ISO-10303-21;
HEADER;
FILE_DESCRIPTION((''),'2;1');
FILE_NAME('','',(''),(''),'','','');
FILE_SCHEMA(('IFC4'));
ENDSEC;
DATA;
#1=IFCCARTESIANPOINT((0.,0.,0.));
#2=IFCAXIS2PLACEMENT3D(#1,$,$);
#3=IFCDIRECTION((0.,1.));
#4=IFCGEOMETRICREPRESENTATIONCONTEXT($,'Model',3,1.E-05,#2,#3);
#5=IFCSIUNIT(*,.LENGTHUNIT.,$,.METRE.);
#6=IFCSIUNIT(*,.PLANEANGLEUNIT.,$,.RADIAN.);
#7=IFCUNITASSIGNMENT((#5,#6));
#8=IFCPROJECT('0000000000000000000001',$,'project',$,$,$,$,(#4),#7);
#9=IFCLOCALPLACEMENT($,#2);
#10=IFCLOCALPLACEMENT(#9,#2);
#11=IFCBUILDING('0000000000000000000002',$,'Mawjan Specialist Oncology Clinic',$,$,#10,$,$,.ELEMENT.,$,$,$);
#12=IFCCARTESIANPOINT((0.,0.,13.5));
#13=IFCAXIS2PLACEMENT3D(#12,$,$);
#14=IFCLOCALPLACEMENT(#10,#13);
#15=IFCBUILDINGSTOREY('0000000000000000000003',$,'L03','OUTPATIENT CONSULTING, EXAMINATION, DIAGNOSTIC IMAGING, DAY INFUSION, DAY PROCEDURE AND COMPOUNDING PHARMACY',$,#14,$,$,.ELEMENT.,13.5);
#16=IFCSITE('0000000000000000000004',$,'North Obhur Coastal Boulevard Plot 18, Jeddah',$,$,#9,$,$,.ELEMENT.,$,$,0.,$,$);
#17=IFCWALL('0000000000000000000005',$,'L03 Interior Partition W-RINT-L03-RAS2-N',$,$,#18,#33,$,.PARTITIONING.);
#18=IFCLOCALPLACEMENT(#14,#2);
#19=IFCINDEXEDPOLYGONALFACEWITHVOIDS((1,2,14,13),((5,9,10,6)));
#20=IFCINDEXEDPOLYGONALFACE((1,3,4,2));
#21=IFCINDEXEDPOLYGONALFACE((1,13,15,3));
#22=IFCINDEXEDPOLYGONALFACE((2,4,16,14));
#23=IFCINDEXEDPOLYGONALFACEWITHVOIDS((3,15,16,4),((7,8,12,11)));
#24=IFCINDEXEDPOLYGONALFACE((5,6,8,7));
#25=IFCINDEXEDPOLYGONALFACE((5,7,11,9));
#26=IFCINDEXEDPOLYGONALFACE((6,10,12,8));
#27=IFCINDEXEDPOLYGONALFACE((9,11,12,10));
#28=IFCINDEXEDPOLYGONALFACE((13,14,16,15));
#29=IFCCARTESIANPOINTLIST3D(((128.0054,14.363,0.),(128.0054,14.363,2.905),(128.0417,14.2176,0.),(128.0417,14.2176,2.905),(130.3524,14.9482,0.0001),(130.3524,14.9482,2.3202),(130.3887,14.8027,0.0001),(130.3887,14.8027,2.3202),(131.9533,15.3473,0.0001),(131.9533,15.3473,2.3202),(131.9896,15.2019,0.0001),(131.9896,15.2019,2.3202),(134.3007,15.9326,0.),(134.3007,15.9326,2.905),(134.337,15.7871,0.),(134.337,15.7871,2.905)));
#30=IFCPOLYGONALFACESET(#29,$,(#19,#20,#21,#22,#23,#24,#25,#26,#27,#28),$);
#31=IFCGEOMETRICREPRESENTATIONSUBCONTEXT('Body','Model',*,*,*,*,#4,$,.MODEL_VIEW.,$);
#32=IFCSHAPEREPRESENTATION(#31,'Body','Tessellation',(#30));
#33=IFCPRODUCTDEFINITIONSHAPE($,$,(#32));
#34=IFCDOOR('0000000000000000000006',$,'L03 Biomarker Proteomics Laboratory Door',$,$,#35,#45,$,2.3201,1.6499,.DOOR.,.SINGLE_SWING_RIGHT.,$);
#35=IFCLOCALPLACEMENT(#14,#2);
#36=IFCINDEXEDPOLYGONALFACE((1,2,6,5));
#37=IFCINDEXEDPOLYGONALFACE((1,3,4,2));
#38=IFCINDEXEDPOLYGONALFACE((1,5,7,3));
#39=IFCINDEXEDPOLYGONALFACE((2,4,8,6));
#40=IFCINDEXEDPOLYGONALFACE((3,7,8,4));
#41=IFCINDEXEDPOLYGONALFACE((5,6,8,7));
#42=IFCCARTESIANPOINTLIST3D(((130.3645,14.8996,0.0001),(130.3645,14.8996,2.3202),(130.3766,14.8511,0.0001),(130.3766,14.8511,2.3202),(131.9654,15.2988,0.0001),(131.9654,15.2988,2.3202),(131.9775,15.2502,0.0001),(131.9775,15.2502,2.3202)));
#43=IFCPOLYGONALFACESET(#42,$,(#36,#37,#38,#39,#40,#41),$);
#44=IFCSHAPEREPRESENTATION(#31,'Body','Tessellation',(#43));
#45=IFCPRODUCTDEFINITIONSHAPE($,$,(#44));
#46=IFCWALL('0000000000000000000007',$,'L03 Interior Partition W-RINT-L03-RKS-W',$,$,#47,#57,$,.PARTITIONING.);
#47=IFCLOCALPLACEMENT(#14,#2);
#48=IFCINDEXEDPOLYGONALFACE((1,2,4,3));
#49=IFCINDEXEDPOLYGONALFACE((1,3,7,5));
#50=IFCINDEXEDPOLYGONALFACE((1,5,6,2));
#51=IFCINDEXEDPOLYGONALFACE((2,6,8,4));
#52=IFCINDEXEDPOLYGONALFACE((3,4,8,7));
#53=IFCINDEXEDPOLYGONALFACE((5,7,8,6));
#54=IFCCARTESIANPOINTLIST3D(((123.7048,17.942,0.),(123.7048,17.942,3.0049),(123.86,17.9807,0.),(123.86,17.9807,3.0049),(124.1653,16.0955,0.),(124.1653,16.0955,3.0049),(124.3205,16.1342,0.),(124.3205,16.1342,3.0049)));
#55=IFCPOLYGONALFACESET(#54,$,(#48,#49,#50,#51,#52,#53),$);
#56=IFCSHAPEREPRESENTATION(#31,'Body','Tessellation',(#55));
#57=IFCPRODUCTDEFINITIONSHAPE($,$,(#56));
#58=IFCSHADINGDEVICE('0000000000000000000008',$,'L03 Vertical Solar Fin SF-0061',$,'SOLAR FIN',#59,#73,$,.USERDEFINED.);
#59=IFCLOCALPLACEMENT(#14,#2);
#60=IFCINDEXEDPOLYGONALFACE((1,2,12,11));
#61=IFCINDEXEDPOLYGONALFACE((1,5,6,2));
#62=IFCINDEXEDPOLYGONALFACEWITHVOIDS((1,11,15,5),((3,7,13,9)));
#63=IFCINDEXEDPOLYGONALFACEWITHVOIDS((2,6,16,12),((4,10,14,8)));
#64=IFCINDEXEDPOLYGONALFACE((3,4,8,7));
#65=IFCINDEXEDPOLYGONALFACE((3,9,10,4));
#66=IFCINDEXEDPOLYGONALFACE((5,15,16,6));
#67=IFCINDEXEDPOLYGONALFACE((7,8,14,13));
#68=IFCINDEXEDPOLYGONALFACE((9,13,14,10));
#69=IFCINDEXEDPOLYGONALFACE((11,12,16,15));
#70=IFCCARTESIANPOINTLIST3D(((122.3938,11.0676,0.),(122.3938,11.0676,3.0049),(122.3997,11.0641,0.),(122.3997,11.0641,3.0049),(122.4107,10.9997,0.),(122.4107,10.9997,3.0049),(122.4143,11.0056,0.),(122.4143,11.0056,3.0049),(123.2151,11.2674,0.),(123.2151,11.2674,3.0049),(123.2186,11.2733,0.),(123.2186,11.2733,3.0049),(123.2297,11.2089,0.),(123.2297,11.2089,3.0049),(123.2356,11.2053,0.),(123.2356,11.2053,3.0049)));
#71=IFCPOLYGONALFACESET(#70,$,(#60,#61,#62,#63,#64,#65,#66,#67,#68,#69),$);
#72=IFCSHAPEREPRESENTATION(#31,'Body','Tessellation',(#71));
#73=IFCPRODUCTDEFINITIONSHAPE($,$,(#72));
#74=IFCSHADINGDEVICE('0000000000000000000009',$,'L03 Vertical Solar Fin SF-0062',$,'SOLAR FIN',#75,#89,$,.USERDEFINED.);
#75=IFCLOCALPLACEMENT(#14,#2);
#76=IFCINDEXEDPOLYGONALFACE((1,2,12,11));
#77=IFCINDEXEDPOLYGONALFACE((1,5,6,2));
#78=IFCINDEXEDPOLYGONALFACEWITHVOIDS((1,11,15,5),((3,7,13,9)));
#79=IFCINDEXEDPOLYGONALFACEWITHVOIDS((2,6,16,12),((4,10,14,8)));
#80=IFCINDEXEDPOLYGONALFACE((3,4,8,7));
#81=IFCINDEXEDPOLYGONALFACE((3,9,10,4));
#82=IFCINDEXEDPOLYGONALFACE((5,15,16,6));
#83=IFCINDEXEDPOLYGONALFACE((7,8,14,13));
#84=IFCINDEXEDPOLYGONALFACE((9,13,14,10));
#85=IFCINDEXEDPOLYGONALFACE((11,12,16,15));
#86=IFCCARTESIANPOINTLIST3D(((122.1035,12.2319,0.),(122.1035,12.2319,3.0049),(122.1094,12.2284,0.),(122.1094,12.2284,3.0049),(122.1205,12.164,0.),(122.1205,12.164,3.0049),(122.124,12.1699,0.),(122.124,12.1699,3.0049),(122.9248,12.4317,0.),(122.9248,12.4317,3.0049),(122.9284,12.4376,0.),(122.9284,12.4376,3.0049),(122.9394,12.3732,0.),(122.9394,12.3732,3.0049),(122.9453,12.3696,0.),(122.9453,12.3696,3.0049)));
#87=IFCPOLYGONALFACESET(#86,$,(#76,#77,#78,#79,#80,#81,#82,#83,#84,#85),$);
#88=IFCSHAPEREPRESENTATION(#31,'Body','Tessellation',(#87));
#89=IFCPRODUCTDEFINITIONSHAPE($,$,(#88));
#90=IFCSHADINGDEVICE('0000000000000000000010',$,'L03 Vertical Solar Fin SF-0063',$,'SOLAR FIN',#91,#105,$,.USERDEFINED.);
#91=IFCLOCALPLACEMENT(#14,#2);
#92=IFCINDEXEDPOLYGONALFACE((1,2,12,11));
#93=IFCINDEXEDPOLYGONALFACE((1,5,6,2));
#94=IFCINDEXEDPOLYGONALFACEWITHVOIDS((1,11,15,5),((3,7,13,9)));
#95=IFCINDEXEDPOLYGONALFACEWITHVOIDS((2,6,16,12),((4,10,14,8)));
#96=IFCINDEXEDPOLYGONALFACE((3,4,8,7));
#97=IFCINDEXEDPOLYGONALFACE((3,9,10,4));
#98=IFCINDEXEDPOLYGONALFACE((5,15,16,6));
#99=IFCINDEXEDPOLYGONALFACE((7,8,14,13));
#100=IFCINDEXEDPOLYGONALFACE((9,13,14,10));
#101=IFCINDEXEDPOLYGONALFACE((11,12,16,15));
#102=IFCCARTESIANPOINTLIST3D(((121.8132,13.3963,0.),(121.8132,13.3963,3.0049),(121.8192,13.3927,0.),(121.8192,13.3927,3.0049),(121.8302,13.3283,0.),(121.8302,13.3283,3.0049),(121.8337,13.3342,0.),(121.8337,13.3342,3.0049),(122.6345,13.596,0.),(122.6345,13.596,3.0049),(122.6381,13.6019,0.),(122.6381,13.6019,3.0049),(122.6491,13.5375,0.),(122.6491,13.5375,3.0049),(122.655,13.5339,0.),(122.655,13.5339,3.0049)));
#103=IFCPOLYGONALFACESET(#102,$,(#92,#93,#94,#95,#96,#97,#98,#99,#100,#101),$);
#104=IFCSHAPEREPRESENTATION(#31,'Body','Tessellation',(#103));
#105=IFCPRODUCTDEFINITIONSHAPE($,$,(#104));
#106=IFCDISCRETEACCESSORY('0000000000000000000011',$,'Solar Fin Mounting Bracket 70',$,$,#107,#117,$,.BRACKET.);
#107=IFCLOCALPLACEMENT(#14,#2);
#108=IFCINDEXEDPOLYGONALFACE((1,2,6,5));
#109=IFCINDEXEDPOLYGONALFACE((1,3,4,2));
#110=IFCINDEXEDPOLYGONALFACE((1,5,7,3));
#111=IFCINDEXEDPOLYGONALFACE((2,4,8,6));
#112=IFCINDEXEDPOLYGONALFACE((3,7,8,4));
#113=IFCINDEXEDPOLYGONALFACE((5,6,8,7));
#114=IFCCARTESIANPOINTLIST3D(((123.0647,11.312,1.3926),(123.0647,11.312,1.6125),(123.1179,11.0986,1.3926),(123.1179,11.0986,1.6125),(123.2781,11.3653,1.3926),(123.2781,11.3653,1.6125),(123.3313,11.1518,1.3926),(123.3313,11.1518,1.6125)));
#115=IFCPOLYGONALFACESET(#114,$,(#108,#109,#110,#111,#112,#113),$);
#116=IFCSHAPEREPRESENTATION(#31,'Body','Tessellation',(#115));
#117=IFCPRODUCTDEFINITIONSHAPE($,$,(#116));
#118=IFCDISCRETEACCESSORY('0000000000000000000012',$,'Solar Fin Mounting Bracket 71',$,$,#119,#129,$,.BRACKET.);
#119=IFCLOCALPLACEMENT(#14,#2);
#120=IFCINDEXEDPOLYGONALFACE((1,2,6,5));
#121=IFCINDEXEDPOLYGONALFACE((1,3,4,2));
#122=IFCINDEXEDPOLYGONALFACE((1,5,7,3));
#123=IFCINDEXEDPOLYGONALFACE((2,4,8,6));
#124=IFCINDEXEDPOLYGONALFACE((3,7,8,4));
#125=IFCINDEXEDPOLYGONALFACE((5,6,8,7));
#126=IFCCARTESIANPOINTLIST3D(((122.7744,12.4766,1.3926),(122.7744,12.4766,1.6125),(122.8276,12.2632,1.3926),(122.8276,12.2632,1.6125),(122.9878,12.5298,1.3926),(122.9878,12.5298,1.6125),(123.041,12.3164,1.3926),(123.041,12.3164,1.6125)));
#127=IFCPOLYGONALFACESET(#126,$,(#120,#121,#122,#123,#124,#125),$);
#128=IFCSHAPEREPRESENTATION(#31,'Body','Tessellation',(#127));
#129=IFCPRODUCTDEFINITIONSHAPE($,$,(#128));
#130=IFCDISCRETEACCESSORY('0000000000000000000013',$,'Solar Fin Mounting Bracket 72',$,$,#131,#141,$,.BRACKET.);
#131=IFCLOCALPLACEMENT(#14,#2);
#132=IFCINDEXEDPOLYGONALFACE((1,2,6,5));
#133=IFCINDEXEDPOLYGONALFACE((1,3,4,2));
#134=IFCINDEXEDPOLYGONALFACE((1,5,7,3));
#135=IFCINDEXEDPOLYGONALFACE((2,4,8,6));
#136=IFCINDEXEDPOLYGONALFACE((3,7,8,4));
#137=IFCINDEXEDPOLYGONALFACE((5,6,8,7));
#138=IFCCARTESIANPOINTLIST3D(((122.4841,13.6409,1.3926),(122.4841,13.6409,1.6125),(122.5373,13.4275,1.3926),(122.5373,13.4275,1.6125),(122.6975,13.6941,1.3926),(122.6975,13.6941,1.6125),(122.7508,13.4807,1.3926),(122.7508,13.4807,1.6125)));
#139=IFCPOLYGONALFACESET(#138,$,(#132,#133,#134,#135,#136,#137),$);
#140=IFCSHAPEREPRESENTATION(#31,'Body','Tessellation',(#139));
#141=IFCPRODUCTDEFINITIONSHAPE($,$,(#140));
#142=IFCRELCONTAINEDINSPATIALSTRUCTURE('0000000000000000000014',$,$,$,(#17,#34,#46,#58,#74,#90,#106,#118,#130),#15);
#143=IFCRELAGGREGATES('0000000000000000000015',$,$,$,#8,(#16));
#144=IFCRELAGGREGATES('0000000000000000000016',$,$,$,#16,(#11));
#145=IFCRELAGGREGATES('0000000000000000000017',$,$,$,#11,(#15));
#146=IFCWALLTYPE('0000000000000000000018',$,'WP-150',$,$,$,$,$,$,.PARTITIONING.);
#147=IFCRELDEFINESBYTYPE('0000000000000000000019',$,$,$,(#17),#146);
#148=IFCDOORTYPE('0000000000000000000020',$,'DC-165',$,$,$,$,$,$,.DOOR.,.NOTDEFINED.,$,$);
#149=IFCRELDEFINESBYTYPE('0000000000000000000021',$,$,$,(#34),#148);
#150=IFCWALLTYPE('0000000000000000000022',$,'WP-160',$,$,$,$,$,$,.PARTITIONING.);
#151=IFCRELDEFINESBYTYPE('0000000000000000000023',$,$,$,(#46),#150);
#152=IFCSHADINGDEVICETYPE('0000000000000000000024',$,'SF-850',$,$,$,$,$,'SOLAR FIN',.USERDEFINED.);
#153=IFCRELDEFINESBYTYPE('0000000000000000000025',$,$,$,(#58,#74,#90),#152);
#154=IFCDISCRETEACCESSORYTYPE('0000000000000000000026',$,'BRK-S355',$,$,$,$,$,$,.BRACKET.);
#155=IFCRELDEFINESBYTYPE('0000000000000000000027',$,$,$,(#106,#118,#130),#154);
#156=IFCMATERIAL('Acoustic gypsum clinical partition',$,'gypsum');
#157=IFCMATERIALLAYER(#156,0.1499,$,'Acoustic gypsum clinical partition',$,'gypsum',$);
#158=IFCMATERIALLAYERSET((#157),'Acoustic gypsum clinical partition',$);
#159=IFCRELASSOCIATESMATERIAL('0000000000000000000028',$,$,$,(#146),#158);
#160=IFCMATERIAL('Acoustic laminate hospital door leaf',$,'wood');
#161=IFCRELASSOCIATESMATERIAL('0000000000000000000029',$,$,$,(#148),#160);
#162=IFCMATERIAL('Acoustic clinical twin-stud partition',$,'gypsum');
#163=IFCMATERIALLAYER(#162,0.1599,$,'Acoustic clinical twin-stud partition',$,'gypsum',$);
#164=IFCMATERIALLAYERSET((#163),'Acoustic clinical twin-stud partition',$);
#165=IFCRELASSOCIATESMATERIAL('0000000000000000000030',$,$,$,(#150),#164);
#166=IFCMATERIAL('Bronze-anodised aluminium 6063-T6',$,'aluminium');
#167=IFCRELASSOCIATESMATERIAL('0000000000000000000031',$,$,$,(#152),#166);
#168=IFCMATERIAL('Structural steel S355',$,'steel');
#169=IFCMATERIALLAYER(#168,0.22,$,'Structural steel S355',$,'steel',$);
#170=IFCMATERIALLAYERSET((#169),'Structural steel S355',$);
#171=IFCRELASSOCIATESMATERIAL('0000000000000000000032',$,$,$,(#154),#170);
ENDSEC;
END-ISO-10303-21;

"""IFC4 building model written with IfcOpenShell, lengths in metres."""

from ifc_helpers import new_model, si_unit, direction, frame, frame_2d, origin, origin_2d, place, context, subcontext, project, spatial, rectangle, hollow_rectangle, extrude, material, layer, layer_set, material_profile, profile_set, type_object, element, fill, save


model = new_model("IFC4")

# Units and contexts
model_context = context("Model", 3, precision=1e-05, world=origin(), true_north=direction((0.0, 1.0)))
body_context = subcontext(model_context, "Body", "Model", "MODEL_VIEW")
ifc_project = project(units=[si_unit("LENGTHUNIT", "METRE"), si_unit("PLANEANGLEUNIT", "RADIAN")], contexts=[model_context])

# Site, building, storey
site_placement = place(None, origin())
site = spatial("IfcSite", under=ifc_project, at=site_placement, Name="North Obhur Coastal Boulevard Plot 18, Jeddah", CompositionType="ELEMENT", RefElevation=0.0)
building_placement = place(site_placement, origin())
building = spatial("IfcBuilding", under=site, at=building_placement, Name="Mawjan Specialist Oncology Clinic", CompositionType="ELEMENT")
storey_placement = place(building_placement, frame((0.0, 0.0, 13.5)))
storey = spatial("IfcBuildingStorey", under=building, at=storey_placement, Name="L03", Description="OUTPATIENT CONSULTING, EXAMINATION, DIAGNOSTIC IMAGING, DAY INFUSION, DAY PROCEDURE AND COMPOUNDING PHARMACY", CompositionType="ELEMENT", Elevation=13.5)

# Wall, opening, door
ifc_material_1 = material(Name="Acoustic gypsum clinical partition", Category="gypsum")
ifc_layer_1 = layer(ifc_material_1, 0.1499, Name="Acoustic gypsum clinical partition", Category="gypsum")
ifc_layer_set_1 = layer_set([ifc_layer_1], Name="Acoustic gypsum clinical partition")
wall_type_1 = type_object("IfcWallType", Name="WP-150", PredefinedType="PARTITIONING", material=ifc_layer_set_1)
wall_1_placement = place(storey_placement, frame((128.0234, 14.2903, 0.0), z_axis=(0.0, 0.0, 1.0), x_axis=(0.970297, 0.241916, 0.0)))
wall_1 = element("IfcWall", 1, at=wall_1_placement, inside=storey, type_object=wall_type_1, Name="L03 Interior Partition W-RINT-L03-RAS2-N", PredefinedType="PARTITIONING", context=body_context, shape_type="SweptSolid", body=[
    extrude(rectangle(XDim=6.488, YDim=0.1499, at=frame_2d((3.2441, 0.0))), origin(), (0.0, 0.0, 1.0), 2.905),
])
opening_1_placement = place(wall_1_placement, frame((2.4189, 0.0, 0.0)))
opening_1 = element("IfcOpeningElement", 2, at=opening_1_placement, cuts=wall_1, PredefinedType="OPENING", context=body_context, shape_type="SweptSolid", body=[
    extrude(rectangle(XDim=1.6499, YDim=2.3201, at=frame_2d((0.825, 1.1602))), frame((0.0, 0.0869, 0.0), z_axis=(0.0, -1.0, 0.0), x_axis=(1.0, 0.0, 0.0)), (0.0, 0.0, 1.0), 0.1738),
])
ifc_material_2 = material(Name="Acoustic laminate hospital door leaf", Category="wood")
door_type_1 = type_object("IfcDoorType", Name="DC-165", OperationType="NOTDEFINED", PredefinedType="DOOR", material=ifc_material_2)
door_1_placement = place(opening_1_placement, origin())
door_1 = element("IfcDoor", 3, at=door_1_placement, inside=storey, type_object=door_type_1, Name="L03 Biomarker Proteomics Laboratory Door", OperationType="SINGLE_SWING_RIGHT", OverallHeight=2.3201, OverallWidth=1.6499, PredefinedType="DOOR", context=body_context, shape_type="SweptSolid", body=[
    extrude(rectangle(XDim=1.6499, YDim=2.3201, at=frame_2d((0.825, 1.1602))), frame((0.0, 0.0249, 0.0), z_axis=(0.0, -1.0, 0.0), x_axis=(1.0, 0.0, 0.0)), (0.0, 0.0, 1.0), 0.05),
])
fill(opening_1, door_1)

# Wall
ifc_material_3 = material(Name="Acoustic clinical twin-stud partition", Category="gypsum")
ifc_layer_2 = layer(ifc_material_3, 0.1599, Name="Acoustic clinical twin-stud partition", Category="gypsum")
ifc_layer_set_2 = layer_set([ifc_layer_2], Name="Acoustic clinical twin-stud partition")
wall_type_2 = type_object("IfcWallType", Name="WP-160", PredefinedType="PARTITIONING", material=ifc_layer_set_2)
wall_2_placement = place(storey_placement, frame((124.2429, 16.1147, 0.0), z_axis=(0.0, 0.0, 1.0), x_axis=(-0.241962, 0.970286, 0.0)))
element("IfcWall", 4, at=wall_2_placement, inside=storey, type_object=wall_type_2, Name="L03 Interior Partition W-RINT-L03-RKS-W", PredefinedType="PARTITIONING", context=body_context, shape_type="SweptSolid", body=[
    extrude(rectangle(XDim=1.9031, YDim=0.1599, at=frame_2d((0.9517, 0.0))), origin(), (0.0, 0.0, 1.0), 3.0049),
])

# Shading devices
ifc_material_4 = material(Name="Bronze-anodised aluminium 6063-T6", Category="aluminium")
ifc_material_profile_1 = material_profile(ifc_material_4, hollow_rectangle(XDim=0.0701, YDim=0.8501, WallThickness=0.0049, at=origin_2d()), Name="FIN 850x70x5", Category="aluminium")
ifc_profile_set_1 = profile_set([ifc_material_profile_1], Name="Bronze-anodised aluminium 6063-T6")
shading_device_type = type_object("IfcShadingDeviceType", Name="SF-850", ElementType="SOLAR FIN", PredefinedType="USERDEFINED", material=ifc_profile_set_1)
for number, where, z_axis, x_axis, name in (
    (5, (122.8147, 11.1365, 0.0), (0.0, 0.0, 1.0), (-0.241922, 0.970296, 0.0), "L03 Vertical Solar Fin SF-0061"),
    (6, (122.5244, 12.3008, 0.0), (0.0, 0.0, 1.0), (-0.241922, 0.970296, 0.0), "L03 Vertical Solar Fin SF-0062"),
    (7, (122.2341, 13.4651, 0.0), (0.0, 0.0, 1.0), (-0.241922, 0.970296, 0.0), "L03 Vertical Solar Fin SF-0063"),
):
    element("IfcShadingDevice", number, at=place(storey_placement, frame(where, z_axis=z_axis, x_axis=x_axis)), inside=storey, type_object=shading_device_type, Name=name, ObjectType="SOLAR FIN", PredefinedType="USERDEFINED", context=body_context, shape_type="SweptSolid", body=[
        extrude(hollow_rectangle(XDim=0.0701, YDim=0.8501, WallThickness=0.0049, at=origin_2d()), origin(), (0.0, 0.0, 1.0), 3.0049),
    ])

# Discrete accessories
ifc_material_5 = material(Name="Structural steel S355", Category="steel")
ifc_layer_3 = layer(ifc_material_5, 0.22, Name="Structural steel S355", Category="steel")
ifc_layer_set_3 = layer_set([ifc_layer_3], Name="Structural steel S355")
discrete_accessory_type = type_object("IfcDiscreteAccessoryType", Name="BRK-S355", PredefinedType="BRACKET", material=ifc_layer_set_3)
for number, where, z_axis, x_axis, name in (
    (8, (123.198, 11.2319, 1.3926), (0.0, 0.0, 1.0), (-0.241922, 0.970296, 0.0), "Solar Fin Mounting Bracket 70"),
    (9, (122.9077, 12.3965, 1.3926), (0.0, 0.0, 1.0), (-0.241922, 0.970296, 0.0), "Solar Fin Mounting Bracket 71"),
    (10, (122.6174, 13.5608, 1.3926), (0.0, 0.0, 1.0), (-0.241922, 0.970296, 0.0), "Solar Fin Mounting Bracket 72"),
):
    element("IfcDiscreteAccessory", number, at=place(storey_placement, frame(where, z_axis=z_axis, x_axis=x_axis)), inside=storey, type_object=discrete_accessory_type, Name=name, PredefinedType="BRACKET", context=body_context, shape_type="SweptSolid", body=[
        extrude(rectangle(XDim=0.22, YDim=0.22, at=origin_2d()), origin(), (0.0, 0.0, 1.0), 0.22),
    ])

save(model, "model.ifc")
